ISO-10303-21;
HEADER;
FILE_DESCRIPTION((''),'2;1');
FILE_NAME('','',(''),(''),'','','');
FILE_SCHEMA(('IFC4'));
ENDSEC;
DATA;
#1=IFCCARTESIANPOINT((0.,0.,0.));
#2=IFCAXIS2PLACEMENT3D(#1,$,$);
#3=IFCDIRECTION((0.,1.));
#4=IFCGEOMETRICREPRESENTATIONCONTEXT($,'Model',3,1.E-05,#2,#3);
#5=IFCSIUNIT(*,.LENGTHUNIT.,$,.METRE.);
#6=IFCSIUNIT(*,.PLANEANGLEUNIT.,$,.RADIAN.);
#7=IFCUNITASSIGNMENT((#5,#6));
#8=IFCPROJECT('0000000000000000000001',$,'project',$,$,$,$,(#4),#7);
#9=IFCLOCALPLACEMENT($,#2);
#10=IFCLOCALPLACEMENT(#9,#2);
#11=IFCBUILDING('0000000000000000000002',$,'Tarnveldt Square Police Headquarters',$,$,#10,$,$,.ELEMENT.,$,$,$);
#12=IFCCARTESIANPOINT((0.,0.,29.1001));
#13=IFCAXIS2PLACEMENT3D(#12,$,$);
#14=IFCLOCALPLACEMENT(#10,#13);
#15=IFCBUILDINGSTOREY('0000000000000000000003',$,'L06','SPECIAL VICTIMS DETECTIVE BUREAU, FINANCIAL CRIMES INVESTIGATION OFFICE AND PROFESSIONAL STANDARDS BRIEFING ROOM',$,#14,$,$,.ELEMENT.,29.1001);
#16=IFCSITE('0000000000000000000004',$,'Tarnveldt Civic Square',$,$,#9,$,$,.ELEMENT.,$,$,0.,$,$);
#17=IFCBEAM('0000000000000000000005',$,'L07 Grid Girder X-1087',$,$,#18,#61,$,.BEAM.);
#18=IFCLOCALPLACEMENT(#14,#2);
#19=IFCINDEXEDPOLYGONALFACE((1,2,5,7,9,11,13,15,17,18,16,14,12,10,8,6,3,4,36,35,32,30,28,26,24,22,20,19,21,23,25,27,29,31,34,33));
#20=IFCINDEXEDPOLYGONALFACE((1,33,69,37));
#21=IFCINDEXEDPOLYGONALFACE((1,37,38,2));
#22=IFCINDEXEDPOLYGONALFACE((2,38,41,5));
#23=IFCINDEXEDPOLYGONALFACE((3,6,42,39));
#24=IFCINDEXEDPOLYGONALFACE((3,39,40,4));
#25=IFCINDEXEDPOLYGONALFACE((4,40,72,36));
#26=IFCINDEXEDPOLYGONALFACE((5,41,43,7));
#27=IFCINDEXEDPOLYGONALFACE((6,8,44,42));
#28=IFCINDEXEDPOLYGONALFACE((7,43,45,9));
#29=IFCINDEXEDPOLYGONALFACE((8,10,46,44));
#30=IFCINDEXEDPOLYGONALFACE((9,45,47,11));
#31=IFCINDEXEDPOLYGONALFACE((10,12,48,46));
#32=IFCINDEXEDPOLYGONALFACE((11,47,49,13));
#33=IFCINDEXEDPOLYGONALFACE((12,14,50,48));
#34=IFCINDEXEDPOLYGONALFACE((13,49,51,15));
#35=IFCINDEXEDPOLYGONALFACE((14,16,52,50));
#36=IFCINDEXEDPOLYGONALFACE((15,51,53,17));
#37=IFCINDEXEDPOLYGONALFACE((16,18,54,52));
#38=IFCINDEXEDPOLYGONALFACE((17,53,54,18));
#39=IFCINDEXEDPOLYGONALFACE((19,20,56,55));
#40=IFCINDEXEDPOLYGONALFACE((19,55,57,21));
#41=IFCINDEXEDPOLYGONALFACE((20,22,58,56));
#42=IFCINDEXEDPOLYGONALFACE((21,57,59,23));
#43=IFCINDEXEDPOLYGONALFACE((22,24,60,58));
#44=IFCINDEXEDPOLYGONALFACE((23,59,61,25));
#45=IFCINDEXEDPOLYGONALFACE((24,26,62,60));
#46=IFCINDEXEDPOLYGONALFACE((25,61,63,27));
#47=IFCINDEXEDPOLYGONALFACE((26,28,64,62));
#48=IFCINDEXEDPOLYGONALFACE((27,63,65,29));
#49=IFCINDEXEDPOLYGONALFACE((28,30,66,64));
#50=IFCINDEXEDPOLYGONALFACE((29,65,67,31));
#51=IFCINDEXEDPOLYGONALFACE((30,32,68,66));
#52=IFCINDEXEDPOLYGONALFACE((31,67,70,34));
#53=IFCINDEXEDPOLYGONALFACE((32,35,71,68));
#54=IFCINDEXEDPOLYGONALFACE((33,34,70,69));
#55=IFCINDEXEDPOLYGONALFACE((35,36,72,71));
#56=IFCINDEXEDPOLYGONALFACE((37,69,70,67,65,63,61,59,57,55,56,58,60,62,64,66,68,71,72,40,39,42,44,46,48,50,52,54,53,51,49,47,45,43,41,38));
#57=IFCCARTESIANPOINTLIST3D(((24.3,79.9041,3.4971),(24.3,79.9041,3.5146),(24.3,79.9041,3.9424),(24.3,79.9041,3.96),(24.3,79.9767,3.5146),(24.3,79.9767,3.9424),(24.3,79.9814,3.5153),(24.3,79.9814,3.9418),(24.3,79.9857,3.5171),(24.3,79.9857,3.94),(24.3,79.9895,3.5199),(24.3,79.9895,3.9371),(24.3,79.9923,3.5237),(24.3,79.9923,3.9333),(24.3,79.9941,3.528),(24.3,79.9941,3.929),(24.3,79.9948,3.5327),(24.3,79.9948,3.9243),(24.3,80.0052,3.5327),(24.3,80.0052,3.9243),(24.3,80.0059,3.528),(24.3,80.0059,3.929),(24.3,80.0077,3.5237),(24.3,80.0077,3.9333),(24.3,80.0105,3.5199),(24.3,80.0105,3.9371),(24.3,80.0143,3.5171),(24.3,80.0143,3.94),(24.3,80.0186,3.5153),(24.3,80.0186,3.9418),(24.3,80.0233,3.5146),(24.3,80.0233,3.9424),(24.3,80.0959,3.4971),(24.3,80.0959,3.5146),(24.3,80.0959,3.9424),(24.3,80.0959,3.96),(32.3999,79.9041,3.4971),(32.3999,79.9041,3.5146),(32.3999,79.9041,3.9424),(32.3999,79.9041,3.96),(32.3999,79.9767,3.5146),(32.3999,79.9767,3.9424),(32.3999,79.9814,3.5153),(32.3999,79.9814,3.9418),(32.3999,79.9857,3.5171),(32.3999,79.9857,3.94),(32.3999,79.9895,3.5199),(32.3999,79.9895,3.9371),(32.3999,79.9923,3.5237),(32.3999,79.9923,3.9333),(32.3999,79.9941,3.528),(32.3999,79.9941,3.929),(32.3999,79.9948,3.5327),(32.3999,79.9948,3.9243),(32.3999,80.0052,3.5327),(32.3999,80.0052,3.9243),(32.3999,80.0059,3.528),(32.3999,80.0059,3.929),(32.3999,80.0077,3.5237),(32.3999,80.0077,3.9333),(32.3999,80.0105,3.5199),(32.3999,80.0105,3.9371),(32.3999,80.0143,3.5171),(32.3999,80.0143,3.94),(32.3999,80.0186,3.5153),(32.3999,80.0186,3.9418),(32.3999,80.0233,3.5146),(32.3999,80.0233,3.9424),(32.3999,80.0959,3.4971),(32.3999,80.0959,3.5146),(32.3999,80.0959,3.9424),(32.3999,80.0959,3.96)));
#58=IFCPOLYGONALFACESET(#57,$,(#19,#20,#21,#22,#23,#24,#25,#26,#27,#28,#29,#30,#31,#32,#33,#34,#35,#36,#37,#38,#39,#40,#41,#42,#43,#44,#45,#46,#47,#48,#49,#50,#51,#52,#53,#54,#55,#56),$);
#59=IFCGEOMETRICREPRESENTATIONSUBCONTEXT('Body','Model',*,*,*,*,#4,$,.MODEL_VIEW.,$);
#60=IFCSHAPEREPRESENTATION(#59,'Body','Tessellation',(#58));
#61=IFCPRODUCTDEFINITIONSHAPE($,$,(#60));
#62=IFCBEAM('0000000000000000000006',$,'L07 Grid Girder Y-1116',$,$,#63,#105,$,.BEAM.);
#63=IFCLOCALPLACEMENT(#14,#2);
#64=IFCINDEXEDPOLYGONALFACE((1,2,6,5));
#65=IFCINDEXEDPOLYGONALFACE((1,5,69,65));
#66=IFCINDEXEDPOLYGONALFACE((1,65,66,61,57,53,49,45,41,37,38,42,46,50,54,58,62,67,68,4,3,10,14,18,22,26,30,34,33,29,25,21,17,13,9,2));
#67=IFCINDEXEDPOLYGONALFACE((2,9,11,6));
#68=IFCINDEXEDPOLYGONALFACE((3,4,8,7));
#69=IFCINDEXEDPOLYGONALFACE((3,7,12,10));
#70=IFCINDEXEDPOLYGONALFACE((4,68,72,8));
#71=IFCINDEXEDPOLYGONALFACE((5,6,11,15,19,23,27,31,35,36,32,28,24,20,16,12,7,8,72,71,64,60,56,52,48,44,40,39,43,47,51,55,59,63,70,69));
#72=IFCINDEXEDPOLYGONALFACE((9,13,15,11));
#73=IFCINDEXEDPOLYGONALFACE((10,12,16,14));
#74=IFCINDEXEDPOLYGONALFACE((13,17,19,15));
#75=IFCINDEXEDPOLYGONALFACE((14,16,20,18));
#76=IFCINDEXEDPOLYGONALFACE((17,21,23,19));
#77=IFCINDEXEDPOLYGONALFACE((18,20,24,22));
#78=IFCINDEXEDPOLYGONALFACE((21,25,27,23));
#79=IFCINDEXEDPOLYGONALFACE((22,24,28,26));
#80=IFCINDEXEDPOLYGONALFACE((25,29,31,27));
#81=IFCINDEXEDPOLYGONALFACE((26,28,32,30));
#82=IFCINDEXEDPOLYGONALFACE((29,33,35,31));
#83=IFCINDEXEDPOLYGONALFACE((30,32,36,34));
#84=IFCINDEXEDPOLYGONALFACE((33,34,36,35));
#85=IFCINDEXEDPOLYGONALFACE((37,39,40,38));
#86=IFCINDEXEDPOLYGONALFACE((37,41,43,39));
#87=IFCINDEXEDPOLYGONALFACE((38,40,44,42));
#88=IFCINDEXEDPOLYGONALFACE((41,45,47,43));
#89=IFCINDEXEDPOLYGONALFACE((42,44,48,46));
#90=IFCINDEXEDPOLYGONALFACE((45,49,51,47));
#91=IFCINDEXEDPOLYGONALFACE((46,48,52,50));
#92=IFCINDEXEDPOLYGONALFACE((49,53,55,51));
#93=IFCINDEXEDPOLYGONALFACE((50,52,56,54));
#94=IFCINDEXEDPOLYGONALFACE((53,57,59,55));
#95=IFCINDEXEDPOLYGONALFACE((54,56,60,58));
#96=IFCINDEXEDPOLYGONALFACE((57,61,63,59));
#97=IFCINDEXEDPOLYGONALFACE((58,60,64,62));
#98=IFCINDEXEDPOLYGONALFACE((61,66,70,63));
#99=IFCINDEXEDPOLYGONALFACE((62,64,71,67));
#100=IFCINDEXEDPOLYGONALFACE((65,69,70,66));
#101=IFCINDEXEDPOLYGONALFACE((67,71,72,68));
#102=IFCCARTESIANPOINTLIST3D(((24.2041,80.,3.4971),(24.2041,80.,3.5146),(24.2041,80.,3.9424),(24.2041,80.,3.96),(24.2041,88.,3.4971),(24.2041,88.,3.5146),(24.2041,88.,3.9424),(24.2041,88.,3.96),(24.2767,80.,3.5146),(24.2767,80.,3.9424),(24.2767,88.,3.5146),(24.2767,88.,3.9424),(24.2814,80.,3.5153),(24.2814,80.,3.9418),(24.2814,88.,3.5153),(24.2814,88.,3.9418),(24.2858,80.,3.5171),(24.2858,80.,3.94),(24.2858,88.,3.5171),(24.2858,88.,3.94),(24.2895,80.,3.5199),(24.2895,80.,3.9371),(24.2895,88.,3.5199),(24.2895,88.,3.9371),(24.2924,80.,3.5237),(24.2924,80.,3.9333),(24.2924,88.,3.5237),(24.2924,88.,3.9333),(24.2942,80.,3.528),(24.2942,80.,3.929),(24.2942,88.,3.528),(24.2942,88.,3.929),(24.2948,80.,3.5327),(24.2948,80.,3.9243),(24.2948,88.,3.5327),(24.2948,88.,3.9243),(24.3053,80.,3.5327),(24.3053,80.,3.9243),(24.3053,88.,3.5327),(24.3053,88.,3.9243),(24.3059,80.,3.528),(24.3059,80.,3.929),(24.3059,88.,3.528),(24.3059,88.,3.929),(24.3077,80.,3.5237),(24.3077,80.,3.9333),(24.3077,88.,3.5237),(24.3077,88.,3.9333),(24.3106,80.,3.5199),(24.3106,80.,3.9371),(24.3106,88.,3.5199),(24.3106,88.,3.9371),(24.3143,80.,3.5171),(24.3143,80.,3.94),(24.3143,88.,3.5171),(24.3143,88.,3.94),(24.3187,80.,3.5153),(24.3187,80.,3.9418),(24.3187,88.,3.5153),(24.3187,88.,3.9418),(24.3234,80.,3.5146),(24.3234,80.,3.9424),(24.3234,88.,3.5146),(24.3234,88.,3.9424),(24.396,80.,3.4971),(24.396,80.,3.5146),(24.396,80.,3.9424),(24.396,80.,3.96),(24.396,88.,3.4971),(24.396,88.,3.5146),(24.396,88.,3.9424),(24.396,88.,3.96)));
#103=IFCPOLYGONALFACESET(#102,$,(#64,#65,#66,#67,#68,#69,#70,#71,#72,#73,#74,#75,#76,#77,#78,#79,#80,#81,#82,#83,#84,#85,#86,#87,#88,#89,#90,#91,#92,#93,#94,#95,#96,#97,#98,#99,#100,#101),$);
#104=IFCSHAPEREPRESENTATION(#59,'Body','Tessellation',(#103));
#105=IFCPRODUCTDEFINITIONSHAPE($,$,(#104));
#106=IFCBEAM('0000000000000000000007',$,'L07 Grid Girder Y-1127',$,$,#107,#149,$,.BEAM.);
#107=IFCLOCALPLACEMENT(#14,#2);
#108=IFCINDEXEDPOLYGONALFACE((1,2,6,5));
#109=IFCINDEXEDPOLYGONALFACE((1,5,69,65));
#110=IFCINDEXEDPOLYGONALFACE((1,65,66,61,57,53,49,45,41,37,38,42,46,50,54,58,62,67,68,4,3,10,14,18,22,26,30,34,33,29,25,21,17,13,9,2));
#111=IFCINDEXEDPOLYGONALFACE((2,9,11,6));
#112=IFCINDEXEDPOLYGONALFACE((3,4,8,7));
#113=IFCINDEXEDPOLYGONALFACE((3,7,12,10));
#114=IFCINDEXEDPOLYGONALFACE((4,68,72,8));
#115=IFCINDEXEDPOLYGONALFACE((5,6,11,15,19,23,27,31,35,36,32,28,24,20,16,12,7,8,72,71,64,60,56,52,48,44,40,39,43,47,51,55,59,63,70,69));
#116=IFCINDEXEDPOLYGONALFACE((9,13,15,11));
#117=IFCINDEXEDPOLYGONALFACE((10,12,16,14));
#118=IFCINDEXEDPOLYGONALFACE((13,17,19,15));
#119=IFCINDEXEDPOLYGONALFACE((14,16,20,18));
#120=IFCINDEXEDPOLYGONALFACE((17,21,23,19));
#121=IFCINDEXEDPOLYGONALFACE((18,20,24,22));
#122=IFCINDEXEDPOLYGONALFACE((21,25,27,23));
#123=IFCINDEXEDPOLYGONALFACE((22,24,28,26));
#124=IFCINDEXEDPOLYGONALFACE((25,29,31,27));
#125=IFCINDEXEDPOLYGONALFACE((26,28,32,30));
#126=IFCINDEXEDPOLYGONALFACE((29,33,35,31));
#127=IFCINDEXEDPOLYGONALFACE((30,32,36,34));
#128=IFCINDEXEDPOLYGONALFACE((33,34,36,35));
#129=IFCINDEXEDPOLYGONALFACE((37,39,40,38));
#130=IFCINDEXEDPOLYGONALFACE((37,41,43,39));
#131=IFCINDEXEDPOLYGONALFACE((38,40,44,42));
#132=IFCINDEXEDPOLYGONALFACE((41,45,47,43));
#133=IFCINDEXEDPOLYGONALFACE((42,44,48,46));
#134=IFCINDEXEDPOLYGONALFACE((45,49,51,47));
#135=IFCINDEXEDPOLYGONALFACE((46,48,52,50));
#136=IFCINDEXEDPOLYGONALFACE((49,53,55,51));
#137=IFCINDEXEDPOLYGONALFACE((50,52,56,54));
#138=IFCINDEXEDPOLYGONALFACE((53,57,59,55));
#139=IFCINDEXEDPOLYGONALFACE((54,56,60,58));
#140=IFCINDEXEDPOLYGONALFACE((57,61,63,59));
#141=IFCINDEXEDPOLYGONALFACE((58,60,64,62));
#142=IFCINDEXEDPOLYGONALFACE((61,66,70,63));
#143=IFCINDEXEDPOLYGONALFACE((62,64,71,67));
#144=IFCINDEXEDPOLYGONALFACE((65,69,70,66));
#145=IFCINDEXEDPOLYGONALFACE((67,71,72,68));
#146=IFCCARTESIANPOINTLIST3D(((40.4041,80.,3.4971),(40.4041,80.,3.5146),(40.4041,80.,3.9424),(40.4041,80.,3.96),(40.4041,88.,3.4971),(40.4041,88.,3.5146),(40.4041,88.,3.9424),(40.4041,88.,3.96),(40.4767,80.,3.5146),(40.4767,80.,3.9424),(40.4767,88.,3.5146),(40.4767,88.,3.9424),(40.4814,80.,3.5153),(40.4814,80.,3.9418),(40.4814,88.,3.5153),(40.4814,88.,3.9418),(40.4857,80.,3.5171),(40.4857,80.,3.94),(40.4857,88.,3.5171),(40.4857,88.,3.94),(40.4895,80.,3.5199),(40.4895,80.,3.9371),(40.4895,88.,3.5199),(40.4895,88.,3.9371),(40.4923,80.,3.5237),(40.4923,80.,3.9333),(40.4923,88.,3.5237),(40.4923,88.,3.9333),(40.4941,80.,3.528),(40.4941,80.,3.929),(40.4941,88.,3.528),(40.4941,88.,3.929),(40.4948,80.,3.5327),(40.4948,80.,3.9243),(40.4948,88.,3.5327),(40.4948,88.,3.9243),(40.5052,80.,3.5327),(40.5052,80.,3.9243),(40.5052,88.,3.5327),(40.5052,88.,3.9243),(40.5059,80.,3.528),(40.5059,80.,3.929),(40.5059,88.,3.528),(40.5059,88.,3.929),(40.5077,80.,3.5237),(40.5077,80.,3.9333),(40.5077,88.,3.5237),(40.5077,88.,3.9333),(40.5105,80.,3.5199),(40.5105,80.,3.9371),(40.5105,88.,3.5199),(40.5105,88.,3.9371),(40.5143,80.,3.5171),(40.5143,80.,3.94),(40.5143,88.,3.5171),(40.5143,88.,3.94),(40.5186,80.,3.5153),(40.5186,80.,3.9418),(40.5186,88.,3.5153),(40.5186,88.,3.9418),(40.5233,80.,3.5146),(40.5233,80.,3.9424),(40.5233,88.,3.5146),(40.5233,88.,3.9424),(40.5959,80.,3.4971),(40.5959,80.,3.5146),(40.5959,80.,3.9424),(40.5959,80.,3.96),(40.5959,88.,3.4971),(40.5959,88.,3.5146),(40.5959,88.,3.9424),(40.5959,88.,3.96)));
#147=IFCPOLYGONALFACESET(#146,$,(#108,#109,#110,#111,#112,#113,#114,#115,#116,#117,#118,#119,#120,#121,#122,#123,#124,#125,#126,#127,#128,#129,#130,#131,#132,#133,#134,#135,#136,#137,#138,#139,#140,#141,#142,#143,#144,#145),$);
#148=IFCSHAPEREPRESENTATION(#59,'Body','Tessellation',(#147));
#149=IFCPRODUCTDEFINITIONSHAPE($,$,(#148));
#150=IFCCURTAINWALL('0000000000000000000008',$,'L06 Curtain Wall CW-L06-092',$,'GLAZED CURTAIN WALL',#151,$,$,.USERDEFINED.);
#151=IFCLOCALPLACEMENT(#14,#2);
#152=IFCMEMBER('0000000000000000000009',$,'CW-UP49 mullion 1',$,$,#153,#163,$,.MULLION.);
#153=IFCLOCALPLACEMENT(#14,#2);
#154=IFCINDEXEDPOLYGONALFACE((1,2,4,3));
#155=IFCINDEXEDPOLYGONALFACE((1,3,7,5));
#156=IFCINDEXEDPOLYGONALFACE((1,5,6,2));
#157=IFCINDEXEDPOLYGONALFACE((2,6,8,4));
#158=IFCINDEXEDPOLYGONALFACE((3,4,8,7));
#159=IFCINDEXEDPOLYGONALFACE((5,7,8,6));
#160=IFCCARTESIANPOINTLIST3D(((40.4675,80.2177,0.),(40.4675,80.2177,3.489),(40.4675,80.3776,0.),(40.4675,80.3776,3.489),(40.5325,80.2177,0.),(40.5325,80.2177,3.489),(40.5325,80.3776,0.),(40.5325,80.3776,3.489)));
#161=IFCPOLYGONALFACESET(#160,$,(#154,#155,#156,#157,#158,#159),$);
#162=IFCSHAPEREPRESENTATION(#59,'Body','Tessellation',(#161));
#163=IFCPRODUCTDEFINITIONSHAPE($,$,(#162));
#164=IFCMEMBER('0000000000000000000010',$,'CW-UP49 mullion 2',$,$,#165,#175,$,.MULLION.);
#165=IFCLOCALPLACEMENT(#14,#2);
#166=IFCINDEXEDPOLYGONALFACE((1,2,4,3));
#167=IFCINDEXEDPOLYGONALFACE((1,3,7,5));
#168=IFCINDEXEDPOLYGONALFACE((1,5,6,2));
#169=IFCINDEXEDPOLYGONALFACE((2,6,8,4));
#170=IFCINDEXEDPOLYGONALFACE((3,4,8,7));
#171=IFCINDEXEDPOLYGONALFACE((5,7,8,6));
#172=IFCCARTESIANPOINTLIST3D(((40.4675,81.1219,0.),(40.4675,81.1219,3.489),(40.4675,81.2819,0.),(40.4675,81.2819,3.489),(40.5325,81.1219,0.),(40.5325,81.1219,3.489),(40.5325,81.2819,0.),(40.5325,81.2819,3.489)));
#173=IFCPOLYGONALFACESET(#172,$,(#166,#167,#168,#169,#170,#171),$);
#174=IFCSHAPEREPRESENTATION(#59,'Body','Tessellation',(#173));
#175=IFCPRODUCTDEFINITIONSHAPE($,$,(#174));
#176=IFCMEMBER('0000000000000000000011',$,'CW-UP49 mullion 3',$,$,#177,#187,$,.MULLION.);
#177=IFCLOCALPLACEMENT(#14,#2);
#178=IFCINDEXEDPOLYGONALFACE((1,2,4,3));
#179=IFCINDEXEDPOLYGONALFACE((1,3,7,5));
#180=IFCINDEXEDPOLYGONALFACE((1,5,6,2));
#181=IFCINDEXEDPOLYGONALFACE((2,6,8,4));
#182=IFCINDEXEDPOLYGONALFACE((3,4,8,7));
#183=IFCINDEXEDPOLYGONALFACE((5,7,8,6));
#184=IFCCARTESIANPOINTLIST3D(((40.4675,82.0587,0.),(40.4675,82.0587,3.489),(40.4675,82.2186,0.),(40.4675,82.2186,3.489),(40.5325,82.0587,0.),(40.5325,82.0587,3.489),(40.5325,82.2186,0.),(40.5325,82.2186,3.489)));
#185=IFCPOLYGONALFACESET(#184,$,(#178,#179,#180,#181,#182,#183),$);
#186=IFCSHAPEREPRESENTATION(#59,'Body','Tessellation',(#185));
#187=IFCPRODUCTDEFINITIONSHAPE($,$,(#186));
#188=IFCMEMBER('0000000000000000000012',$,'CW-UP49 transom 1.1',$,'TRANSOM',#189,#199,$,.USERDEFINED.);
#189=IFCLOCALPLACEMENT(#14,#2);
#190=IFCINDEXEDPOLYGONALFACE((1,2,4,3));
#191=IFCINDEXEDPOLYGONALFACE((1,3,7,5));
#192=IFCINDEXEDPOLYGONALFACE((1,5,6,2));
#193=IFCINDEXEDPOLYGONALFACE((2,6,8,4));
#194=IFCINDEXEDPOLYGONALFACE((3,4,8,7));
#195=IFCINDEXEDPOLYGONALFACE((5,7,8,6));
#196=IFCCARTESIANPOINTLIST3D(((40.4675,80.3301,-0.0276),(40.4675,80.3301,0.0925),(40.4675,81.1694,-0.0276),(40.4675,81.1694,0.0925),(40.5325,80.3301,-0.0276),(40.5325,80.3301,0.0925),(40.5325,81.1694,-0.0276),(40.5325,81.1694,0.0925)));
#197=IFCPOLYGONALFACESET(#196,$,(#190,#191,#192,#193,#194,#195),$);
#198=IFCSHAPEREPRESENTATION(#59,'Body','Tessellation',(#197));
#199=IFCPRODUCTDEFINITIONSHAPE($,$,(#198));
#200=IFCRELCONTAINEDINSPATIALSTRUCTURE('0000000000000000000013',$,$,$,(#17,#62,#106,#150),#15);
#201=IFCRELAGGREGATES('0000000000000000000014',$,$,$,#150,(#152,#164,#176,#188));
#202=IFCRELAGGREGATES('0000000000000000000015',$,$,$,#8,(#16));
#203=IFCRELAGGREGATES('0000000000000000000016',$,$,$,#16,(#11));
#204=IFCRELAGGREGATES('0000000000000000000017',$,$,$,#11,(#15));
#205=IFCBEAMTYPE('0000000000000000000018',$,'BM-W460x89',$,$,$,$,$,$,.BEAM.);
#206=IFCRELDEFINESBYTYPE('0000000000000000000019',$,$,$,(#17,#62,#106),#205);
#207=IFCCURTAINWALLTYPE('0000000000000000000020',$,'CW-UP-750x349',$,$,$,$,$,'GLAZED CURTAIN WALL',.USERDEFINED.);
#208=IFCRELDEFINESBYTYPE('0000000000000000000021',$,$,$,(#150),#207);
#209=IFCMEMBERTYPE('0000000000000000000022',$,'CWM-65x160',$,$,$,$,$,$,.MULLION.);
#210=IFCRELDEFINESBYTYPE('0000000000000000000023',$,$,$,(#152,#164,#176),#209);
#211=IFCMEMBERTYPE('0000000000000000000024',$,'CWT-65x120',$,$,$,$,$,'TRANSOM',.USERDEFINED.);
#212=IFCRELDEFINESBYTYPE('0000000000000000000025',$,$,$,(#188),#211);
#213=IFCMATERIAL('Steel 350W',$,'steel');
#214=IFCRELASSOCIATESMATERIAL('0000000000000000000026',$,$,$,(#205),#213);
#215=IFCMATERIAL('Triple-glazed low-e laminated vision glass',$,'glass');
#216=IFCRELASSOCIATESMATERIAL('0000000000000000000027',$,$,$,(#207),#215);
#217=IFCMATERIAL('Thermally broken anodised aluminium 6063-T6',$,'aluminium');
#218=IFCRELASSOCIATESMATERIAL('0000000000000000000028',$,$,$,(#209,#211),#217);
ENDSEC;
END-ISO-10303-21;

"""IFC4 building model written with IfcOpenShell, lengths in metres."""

from ifc_helpers import new_model, si_unit, direction, frame, origin, origin_2d, place, context, subcontext, project, spatial, rectangle, i_section, extrude, material, material_profile, profile_set, type_object, element, aggregate, save


model = new_model("IFC4")

# Units and contexts
model_context = context("Model", 3, precision=1e-05, world=origin(), true_north=direction((0.0, 1.0)))
body_context = subcontext(model_context, "Body", "Model", "MODEL_VIEW")
ifc_project = project(units=[si_unit("LENGTHUNIT", "METRE"), si_unit("PLANEANGLEUNIT", "RADIAN")], contexts=[model_context])

# Site, building, storey
site_placement = place(None, origin())
site = spatial("IfcSite", under=ifc_project, at=site_placement, Name="Tarnveldt Civic Square", CompositionType="ELEMENT", RefElevation=0.0)
building_placement = place(site_placement, origin())
building = spatial("IfcBuilding", under=site, at=building_placement, Name="Tarnveldt Square Police Headquarters", CompositionType="ELEMENT")
storey_placement = place(building_placement, frame((0.0, 0.0, 29.1001)))
storey = spatial("IfcBuildingStorey", under=building, at=storey_placement, Name="L06", Description="SPECIAL VICTIMS DETECTIVE BUREAU, FINANCIAL CRIMES INVESTIGATION OFFICE AND PROFESSIONAL STANDARDS BRIEFING ROOM", CompositionType="ELEMENT", Elevation=29.1001)

# Beams
ifc_material_1 = material(Name="Steel 350W", Category="steel")
ifc_material_profile_1 = material_profile(ifc_material_1, i_section(OverallWidth=0.1919, OverallDepth=0.4629, WebThickness=0.0105, FlangeThickness=0.0176, FilletRadius=0.0181, at=origin_2d()), Name="W460x89")
ifc_profile_set_1 = profile_set([ifc_material_profile_1], Name="Steel 350W")
beam_type_1 = type_object("IfcBeamType", Name="BM-W460x89", PredefinedType="BEAM", material=ifc_profile_set_1)
beam_1_placement = place(storey_placement, frame((24.3, 80.0, 3.7285), z_axis=(1.0, 0.0, 0.0), x_axis=(0.0, 1.0, 0.0)))
element("IfcBeam", 1, at=beam_1_placement, inside=storey, type_object=beam_type_1, Name="L07 Grid Girder X-1087", PredefinedType="BEAM", context=body_context, shape_type="SweptSolid", body=[
    extrude(i_section(OverallWidth=0.1919, OverallDepth=0.4629, WebThickness=0.0105, FlangeThickness=0.0176, FilletRadius=0.0181, at=origin_2d()), origin(), (0.0, 0.0, 1.0), 8.0999),
])
for number, where, z_axis, x_axis, name in (
    (2, (24.3, 80.0, 3.7285), (0.0, 1.0, 0.0), (-1.0, 0.0, 0.0), "L07 Grid Girder Y-1116"),
    (3, (40.5, 80.0, 3.7285), (0.0, 1.0, 0.0), (-1.0, 0.0, 0.0), "L07 Grid Girder Y-1127"),
):
    element("IfcBeam", number, at=place(storey_placement, frame(where, z_axis=z_axis, x_axis=x_axis)), inside=storey, type_object=beam_type_1, Name=name, PredefinedType="BEAM", context=body_context, shape_type="SweptSolid", body=[
        extrude(i_section(OverallWidth=0.1919, OverallDepth=0.4629, WebThickness=0.0105, FlangeThickness=0.0176, FilletRadius=0.0181, at=origin_2d()), origin(), (0.0, 0.0, 1.0), 8.0),
    ])

# Curtain wall, members
ifc_material_2 = material(Name="Triple-glazed low-e laminated vision glass", Category="glass")
curtain_wall_type = type_object("IfcCurtainWallType", Name="CW-UP-750x349", ElementType="GLAZED CURTAIN WALL", PredefinedType="USERDEFINED", material=ifc_material_2)
curtain_wall_placement = place(storey_placement, origin())
curtain_wall = element("IfcCurtainWall", 4, at=curtain_wall_placement, inside=storey, type_object=curtain_wall_type, Name="L06 Curtain Wall CW-L06-092", ObjectType="GLAZED CURTAIN WALL", PredefinedType="USERDEFINED")
ifc_material_3 = material(Name="Thermally broken anodised aluminium 6063-T6", Category="aluminium")
ifc_material_profile_2 = material_profile(ifc_material_3, rectangle(XDim=0.0649, YDim=0.1599, at=origin_2d()), Name="CW-M65x160")
ifc_profile_set_2 = profile_set([ifc_material_profile_2], Name="Thermally broken anodised aluminium 6063-T6")
member_type_1 = type_object("IfcMemberType", Name="CWM-65x160", PredefinedType="MULLION", material=ifc_profile_set_2)
member_1_placement = place(storey_placement, frame((40.5, 80.2976, 0.0), z_axis=(0.0, 0.0, 1.0), x_axis=(-1.0, 0.0, 0.0)))
member_1 = element("IfcMember", 5, at=member_1_placement, type_object=member_type_1, Name="CW-UP49 mullion 1", PredefinedType="MULLION", context=body_context, shape_type="SweptSolid", body=[
    extrude(rectangle(XDim=0.0649, YDim=0.1599, at=origin_2d()), origin(), (0.0, 0.0, 1.0), 3.489),
])
member_2_placement = place(storey_placement, frame((40.5, 81.2019, 0.0), z_axis=(0.0, 0.0, 1.0), x_axis=(-1.0, 0.0, 0.0)))
member_2 = element("IfcMember", 6, at=member_2_placement, type_object=member_type_1, Name="CW-UP49 mullion 2", PredefinedType="MULLION", context=body_context, shape_type="SweptSolid", body=[
    extrude(rectangle(XDim=0.0649, YDim=0.1599, at=origin_2d()), origin(), (0.0, 0.0, 1.0), 3.489),
])
member_3_placement = place(storey_placement, frame((40.5, 82.1387, 0.0), z_axis=(0.0, 0.0, 1.0), x_axis=(-1.0, 0.0, 0.0)))
member_3 = element("IfcMember", 7, at=member_3_placement, type_object=member_type_1, Name="CW-UP49 mullion 3", PredefinedType="MULLION", context=body_context, shape_type="SweptSolid", body=[
    extrude(rectangle(XDim=0.0649, YDim=0.1599, at=origin_2d()), origin(), (0.0, 0.0, 1.0), 3.489),
])
ifc_material_profile_3 = material_profile(ifc_material_3, rectangle(XDim=0.0649, YDim=0.1201, at=origin_2d()), Name="CW-T65x120")
ifc_profile_set_3 = profile_set([ifc_material_profile_3], Name="Thermally broken anodised aluminium 6063-T6")
member_type_2 = type_object("IfcMemberType", Name="CWT-65x120", ElementType="TRANSOM", PredefinedType="USERDEFINED", material=ifc_profile_set_3)
member_4_placement = place(storey_placement, frame((40.5, 80.3301, 0.0325), z_axis=(0.0, 1.0, 0.0), x_axis=(-1.0, 0.0, 0.0)))
member_4 = element("IfcMember", 8, at=member_4_placement, type_object=member_type_2, Name="CW-UP49 transom 1.1", ObjectType="TRANSOM", PredefinedType="USERDEFINED", context=body_context, shape_type="SweptSolid", body=[
    extrude(rectangle(XDim=0.0649, YDim=0.1201, at=origin_2d()), origin(), (0.0, 0.0, 1.0), 0.8394),
])
aggregate(curtain_wall, [member_1, member_2, member_3, member_4])

save(model, "model.ifc")
